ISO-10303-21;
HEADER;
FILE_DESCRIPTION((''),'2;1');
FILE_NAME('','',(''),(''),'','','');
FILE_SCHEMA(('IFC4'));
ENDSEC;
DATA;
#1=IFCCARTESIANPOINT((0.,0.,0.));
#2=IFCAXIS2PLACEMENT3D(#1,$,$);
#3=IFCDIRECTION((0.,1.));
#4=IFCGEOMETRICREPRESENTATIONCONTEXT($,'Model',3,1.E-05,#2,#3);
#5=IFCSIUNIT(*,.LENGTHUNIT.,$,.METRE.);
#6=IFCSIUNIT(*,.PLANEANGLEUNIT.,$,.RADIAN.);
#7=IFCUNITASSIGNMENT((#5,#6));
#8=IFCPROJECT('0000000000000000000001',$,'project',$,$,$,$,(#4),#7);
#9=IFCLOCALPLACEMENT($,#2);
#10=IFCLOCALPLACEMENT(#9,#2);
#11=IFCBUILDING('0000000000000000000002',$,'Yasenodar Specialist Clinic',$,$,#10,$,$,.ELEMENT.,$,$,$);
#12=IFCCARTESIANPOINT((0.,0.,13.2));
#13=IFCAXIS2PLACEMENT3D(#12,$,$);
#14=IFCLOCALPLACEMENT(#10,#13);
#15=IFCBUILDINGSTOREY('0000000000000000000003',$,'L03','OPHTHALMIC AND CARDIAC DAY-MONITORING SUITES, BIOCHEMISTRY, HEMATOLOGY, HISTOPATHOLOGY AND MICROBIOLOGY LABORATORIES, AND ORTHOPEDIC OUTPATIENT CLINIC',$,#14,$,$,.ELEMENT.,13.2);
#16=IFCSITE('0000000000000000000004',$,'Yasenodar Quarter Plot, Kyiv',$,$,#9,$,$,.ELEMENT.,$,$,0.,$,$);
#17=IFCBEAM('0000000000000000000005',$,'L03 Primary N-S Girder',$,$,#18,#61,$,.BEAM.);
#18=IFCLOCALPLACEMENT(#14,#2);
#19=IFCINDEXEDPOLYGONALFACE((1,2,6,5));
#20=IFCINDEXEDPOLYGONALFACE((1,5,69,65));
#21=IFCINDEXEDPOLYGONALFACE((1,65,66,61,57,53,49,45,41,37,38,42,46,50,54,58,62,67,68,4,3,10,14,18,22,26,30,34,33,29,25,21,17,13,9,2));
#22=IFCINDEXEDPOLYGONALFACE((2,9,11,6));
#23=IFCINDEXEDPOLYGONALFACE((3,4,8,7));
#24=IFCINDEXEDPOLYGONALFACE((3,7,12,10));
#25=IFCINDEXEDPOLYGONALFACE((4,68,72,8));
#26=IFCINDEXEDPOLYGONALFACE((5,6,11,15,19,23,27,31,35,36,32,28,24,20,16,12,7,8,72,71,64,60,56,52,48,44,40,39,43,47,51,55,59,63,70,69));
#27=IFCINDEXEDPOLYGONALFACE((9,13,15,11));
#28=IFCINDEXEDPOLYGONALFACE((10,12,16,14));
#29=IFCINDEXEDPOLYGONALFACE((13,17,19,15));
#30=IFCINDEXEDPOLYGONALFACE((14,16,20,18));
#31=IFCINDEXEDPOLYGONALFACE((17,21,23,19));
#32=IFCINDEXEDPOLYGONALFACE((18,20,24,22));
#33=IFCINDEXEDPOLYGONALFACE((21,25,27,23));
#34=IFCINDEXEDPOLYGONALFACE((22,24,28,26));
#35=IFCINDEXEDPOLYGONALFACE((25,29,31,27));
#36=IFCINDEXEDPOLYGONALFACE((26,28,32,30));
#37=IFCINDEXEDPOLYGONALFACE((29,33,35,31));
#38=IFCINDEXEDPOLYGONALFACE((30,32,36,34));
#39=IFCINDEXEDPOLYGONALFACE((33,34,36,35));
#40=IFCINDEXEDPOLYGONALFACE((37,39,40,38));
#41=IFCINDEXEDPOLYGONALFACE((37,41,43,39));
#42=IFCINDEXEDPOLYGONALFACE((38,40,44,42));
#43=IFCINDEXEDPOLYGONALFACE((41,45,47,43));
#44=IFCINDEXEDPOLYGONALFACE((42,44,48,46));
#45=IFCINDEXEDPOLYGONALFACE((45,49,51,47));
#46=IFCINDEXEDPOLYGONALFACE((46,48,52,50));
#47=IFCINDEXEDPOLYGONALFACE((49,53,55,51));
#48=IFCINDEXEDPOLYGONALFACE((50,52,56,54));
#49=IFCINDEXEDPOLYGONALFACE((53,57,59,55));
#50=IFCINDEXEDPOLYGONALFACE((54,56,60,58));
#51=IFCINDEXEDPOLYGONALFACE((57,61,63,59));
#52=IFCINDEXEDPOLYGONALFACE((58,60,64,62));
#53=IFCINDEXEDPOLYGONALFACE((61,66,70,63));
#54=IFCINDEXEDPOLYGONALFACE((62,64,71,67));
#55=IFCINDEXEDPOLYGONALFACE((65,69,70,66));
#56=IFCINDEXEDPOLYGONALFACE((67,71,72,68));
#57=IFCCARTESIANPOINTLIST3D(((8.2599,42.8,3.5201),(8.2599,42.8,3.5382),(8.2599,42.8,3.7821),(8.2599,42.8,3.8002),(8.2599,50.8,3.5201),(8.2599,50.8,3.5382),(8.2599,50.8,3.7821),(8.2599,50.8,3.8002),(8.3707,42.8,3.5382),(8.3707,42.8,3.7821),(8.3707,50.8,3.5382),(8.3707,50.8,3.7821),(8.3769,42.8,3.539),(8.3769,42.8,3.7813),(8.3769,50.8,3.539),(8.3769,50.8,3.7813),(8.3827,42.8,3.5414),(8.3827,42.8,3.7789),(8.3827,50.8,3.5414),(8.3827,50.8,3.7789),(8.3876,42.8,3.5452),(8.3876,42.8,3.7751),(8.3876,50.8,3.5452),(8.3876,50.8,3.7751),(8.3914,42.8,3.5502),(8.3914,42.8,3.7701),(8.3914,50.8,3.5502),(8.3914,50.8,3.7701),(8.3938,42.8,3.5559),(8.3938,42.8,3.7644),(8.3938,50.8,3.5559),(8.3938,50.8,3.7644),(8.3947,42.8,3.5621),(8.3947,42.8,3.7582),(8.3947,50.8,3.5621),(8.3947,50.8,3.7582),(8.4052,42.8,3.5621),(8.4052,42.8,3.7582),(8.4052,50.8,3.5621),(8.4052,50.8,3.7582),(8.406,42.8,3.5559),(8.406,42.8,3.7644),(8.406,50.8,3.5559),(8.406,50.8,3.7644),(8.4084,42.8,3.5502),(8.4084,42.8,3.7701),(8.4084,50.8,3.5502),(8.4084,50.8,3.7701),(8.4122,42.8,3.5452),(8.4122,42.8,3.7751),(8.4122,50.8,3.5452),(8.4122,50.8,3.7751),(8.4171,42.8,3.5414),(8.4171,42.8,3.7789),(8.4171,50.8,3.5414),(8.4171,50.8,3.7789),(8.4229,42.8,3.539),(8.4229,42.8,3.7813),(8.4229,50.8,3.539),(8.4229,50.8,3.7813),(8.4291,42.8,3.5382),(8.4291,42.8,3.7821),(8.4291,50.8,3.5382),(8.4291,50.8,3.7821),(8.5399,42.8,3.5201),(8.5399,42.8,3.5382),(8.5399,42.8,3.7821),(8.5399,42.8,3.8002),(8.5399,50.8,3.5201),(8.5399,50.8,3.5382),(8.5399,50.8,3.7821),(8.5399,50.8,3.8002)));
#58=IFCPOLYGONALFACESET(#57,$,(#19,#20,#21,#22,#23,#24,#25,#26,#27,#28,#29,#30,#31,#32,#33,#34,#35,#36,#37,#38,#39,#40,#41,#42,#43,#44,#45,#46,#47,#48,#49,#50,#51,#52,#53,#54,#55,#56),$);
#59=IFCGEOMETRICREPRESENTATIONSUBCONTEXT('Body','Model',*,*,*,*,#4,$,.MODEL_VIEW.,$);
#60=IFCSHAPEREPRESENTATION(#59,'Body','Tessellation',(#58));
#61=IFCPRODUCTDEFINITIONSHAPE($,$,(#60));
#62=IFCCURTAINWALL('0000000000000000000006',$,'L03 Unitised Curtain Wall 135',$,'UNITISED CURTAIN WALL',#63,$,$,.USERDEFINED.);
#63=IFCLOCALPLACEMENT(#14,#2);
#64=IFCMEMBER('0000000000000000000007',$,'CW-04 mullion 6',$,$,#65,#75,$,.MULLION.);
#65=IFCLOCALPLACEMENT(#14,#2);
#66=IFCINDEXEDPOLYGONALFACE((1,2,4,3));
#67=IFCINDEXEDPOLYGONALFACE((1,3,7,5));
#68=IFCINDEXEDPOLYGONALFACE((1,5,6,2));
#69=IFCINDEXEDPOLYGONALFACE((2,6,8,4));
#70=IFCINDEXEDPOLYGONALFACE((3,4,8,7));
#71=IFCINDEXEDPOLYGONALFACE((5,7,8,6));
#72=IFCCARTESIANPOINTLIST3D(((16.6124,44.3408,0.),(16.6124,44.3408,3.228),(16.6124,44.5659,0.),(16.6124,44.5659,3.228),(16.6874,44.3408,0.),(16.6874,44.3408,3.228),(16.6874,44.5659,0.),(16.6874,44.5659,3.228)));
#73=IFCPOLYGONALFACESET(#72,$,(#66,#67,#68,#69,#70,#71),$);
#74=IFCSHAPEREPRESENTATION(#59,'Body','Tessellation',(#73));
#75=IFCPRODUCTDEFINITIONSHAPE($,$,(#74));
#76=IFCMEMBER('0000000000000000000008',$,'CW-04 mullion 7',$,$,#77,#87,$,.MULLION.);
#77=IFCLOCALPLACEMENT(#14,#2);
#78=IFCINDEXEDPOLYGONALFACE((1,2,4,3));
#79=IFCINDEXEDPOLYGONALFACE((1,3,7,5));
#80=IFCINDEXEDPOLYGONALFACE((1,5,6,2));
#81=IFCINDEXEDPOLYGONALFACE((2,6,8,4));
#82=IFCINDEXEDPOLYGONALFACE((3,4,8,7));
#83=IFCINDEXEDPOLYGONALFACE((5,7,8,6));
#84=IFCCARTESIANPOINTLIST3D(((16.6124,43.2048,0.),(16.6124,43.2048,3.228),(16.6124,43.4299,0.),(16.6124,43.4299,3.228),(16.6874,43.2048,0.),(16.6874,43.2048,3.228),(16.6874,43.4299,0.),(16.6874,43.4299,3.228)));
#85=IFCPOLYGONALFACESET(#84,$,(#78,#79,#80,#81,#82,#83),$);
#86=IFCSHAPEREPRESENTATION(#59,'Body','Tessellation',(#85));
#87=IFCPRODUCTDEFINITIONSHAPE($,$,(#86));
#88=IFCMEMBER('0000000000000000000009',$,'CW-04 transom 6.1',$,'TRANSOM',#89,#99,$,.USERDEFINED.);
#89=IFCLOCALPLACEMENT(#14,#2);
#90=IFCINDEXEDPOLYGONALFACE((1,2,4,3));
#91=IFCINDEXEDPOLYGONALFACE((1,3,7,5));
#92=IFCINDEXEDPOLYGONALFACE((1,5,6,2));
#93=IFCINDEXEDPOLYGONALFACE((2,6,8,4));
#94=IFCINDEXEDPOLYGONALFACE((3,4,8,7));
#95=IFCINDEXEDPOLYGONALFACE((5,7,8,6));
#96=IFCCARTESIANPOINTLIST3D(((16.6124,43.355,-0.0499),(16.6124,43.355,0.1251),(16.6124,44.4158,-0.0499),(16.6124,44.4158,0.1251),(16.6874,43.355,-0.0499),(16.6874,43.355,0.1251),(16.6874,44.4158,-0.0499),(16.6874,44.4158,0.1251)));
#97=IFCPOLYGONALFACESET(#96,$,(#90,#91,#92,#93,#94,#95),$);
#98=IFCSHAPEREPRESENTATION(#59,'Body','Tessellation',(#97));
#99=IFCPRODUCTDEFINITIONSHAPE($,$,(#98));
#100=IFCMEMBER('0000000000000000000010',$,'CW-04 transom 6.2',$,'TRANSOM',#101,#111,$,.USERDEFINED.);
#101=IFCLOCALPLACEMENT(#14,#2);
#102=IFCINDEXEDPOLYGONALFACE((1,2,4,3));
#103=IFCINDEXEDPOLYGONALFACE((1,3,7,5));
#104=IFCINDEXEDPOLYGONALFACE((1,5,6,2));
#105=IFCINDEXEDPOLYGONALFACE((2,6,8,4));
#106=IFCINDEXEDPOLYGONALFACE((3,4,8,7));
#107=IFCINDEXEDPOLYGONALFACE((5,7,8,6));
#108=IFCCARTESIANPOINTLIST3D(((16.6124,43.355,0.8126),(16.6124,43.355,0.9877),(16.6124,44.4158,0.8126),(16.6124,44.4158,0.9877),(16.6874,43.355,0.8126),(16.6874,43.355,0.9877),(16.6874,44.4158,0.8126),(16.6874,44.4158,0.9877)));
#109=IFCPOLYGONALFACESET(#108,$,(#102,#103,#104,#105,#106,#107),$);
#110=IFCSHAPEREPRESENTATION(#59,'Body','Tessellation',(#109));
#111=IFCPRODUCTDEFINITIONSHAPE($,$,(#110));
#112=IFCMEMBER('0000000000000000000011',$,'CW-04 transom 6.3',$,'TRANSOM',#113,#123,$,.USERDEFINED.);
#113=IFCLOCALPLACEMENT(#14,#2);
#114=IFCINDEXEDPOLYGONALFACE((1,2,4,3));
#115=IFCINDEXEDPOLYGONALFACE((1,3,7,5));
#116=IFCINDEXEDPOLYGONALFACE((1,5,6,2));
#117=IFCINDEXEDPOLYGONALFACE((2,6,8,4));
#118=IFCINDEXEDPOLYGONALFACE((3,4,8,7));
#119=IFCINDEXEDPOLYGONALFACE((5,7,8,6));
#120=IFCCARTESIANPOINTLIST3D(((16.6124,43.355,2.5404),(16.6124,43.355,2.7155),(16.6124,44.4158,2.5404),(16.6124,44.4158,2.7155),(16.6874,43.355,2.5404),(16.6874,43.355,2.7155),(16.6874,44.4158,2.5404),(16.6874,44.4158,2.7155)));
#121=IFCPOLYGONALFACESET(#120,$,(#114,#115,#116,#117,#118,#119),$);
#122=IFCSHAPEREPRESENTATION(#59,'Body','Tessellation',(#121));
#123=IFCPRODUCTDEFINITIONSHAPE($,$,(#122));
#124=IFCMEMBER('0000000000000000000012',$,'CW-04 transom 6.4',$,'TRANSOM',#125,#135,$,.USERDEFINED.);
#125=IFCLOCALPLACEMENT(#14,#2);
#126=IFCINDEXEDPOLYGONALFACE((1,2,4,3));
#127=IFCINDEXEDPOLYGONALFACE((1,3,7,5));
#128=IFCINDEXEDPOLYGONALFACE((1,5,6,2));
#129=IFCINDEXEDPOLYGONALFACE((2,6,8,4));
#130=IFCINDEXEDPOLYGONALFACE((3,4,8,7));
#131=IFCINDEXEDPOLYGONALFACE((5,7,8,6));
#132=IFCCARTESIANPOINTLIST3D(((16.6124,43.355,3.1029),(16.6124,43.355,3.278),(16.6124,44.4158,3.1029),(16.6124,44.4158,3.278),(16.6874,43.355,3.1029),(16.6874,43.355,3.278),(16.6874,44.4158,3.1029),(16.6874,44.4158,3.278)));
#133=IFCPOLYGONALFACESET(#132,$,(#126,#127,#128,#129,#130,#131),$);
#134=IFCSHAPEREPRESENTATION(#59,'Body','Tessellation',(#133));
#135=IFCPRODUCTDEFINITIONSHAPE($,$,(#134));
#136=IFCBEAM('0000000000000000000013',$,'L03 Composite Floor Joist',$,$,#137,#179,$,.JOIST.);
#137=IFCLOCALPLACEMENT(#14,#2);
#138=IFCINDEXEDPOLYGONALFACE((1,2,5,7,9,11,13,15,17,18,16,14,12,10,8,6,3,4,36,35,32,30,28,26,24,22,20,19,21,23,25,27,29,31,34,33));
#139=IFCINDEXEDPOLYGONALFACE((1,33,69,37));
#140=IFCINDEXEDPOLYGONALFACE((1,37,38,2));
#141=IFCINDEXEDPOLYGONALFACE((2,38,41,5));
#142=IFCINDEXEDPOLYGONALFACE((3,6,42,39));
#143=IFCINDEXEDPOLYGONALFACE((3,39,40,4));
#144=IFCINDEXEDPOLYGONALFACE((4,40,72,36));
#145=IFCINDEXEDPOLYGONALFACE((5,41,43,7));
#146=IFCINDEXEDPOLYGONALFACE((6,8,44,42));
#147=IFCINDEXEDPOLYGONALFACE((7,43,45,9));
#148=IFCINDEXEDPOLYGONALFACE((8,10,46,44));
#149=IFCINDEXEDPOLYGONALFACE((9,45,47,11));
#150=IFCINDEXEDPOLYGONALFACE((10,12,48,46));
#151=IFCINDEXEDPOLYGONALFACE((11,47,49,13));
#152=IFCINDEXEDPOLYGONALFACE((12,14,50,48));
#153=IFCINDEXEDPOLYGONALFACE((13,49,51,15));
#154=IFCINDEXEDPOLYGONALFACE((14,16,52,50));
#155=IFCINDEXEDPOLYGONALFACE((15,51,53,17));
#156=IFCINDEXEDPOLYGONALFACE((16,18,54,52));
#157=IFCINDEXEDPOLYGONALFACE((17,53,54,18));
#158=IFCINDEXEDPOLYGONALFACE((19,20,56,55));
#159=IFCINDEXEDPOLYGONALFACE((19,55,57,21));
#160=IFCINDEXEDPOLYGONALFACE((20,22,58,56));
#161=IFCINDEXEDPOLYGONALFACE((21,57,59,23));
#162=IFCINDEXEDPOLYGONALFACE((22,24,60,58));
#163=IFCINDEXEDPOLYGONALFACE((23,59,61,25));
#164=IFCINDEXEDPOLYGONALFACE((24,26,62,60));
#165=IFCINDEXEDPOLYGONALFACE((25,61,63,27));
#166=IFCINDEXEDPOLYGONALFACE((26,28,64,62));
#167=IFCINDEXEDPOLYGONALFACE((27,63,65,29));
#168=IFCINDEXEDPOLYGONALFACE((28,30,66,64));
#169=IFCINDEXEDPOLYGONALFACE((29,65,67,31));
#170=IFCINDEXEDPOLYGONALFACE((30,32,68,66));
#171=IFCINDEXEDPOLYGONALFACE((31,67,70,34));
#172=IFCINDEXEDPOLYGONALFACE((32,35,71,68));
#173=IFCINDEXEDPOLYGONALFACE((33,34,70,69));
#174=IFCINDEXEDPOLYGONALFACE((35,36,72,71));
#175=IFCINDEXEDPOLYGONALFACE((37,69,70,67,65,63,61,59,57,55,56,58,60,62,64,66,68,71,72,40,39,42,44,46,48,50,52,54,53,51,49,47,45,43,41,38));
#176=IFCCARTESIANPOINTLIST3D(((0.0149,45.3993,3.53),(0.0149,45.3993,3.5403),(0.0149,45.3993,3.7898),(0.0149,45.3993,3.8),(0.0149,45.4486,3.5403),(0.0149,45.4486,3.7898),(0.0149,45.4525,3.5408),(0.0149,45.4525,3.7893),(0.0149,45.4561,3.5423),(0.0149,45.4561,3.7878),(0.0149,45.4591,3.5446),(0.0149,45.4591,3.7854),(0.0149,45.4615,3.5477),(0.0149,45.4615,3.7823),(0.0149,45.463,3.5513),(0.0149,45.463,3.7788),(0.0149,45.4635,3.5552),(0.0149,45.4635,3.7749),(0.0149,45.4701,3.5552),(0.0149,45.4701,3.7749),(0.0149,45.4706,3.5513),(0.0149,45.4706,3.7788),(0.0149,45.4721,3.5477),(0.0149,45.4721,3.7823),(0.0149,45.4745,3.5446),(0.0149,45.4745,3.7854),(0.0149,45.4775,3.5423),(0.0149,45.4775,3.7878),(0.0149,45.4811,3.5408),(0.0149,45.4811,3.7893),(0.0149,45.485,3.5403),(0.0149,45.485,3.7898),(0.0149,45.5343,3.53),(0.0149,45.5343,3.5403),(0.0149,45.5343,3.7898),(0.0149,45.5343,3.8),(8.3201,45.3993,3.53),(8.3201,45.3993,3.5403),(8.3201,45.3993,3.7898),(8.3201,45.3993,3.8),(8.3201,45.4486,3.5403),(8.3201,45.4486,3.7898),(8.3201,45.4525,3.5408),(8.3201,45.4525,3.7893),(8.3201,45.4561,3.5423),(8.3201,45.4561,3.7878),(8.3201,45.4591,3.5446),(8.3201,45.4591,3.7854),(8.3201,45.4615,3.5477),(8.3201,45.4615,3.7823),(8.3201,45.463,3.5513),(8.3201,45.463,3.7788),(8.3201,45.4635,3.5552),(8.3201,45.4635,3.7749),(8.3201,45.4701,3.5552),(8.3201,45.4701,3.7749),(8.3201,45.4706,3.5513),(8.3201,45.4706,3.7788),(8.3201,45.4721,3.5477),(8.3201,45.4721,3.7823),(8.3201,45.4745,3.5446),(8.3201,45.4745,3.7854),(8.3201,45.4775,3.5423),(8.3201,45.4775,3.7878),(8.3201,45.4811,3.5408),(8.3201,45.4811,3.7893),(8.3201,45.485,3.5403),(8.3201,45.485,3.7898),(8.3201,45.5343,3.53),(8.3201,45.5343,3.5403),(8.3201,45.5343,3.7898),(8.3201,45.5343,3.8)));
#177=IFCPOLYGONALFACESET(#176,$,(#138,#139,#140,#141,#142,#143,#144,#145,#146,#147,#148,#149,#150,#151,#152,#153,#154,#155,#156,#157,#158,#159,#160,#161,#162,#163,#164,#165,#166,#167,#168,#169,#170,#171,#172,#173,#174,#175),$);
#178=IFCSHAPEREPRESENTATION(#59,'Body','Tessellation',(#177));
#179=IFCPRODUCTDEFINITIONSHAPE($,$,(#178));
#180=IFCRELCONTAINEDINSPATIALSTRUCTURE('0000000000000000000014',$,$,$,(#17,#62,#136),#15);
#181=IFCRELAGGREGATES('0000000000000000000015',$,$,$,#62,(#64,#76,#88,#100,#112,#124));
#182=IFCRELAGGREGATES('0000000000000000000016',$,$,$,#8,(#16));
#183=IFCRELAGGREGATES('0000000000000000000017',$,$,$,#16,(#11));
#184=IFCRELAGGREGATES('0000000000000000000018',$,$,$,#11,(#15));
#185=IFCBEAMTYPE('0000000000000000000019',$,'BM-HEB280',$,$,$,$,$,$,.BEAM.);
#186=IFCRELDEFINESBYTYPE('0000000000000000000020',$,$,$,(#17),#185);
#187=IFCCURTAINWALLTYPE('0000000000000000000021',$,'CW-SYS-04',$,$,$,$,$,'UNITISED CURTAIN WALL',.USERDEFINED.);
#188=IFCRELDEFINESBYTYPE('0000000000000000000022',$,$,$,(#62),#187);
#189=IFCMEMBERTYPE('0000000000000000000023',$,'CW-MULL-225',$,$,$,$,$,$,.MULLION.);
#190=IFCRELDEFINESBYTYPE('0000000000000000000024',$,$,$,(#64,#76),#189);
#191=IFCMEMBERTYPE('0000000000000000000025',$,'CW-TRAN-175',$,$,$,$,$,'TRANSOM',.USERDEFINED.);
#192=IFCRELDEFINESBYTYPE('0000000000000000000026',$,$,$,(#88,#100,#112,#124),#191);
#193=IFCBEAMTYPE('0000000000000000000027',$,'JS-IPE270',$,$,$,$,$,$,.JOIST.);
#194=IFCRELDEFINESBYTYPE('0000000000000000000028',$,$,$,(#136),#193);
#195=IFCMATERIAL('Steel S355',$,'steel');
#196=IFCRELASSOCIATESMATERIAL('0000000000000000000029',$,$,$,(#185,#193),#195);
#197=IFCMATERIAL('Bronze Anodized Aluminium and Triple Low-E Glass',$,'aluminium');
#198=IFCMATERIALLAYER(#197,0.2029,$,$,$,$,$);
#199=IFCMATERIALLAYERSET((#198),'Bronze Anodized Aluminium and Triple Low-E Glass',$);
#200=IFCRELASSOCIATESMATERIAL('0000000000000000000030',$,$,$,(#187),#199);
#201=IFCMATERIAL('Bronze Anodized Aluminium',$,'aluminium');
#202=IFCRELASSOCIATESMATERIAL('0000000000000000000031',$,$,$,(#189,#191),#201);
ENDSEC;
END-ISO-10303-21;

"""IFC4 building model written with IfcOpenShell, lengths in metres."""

from ifc_helpers import new_model, si_unit, direction, frame, origin, origin_2d, place, context, subcontext, project, spatial, rectangle, i_section, extrude, material, layer, layer_set, material_profile, profile_set, type_object, element, aggregate, save


model = new_model("IFC4")

# Units and contexts
model_context = context("Model", 3, precision=1e-05, world=origin(), true_north=direction((0.0, 1.0)))
body_context = subcontext(model_context, "Body", "Model", "MODEL_VIEW")
ifc_project = project(units=[si_unit("LENGTHUNIT", "METRE"), si_unit("PLANEANGLEUNIT", "RADIAN")], contexts=[model_context])

# Site, building, storey
site_placement = place(None, origin())
site = spatial("IfcSite", under=ifc_project, at=site_placement, Name="Yasenodar Quarter Plot, Kyiv", CompositionType="ELEMENT", RefElevation=0.0)
building_placement = place(site_placement, origin())
building = spatial("IfcBuilding", under=site, at=building_placement, Name="Yasenodar Specialist Clinic", CompositionType="ELEMENT")
storey_placement = place(building_placement, frame((0.0, 0.0, 13.2)))
storey = spatial("IfcBuildingStorey", under=building, at=storey_placement, Name="L03", Description="OPHTHALMIC AND CARDIAC DAY-MONITORING SUITES, BIOCHEMISTRY, HEMATOLOGY, HISTOPATHOLOGY AND MICROBIOLOGY LABORATORIES, AND ORTHOPEDIC OUTPATIENT CLINIC", CompositionType="ELEMENT", Elevation=13.2)

# Shared definitions
ifc_material_1 = material(Name="Steel S355", Category="steel")

# Beam
ifc_material_profile_1 = material_profile(ifc_material_1, i_section(OverallWidth=0.28, OverallDepth=0.28, WebThickness=0.0105, FlangeThickness=0.0181, FilletRadius=0.0239, at=origin_2d()), Name="HEB 280")
ifc_profile_set_1 = profile_set([ifc_material_profile_1], Name="Steel S355")
beam_type_1 = type_object("IfcBeamType", Name="BM-HEB280", PredefinedType="BEAM", material=ifc_profile_set_1)
beam_1_placement = place(storey_placement, frame((8.3999, 42.8, 3.6602), z_axis=(0.0, 1.0, 0.0), x_axis=(-1.0, 0.0, 0.0)))
element("IfcBeam", 1, at=beam_1_placement, inside=storey, type_object=beam_type_1, Name="L03 Primary N-S Girder", PredefinedType="BEAM", context=body_context, shape_type="SweptSolid", body=[
    extrude(i_section(OverallWidth=0.28, OverallDepth=0.28, WebThickness=0.0105, FlangeThickness=0.0181, FilletRadius=0.0239, at=origin_2d()), origin(), (0.0, 0.0, 1.0), 8.0),
])

# Curtain wall, members
ifc_material_2 = material(Name="Bronze Anodized Aluminium and Triple Low-E Glass", Category="aluminium")
ifc_layer_1 = layer(ifc_material_2, 0.2029)
ifc_layer_set_1 = layer_set([ifc_layer_1], Name="Bronze Anodized Aluminium and Triple Low-E Glass")
curtain_wall_type = type_object("IfcCurtainWallType", Name="CW-SYS-04", ElementType="UNITISED CURTAIN WALL", PredefinedType="USERDEFINED", material=ifc_layer_set_1)
curtain_wall_placement = place(storey_placement, origin())
curtain_wall = element("IfcCurtainWall", 2, at=curtain_wall_placement, inside=storey, type_object=curtain_wall_type, Name="L03 Unitised Curtain Wall 135", ObjectType="UNITISED CURTAIN WALL", PredefinedType="USERDEFINED")
ifc_material_3 = material(Name="Bronze Anodized Aluminium", Category="aluminium")
ifc_material_profile_2 = material_profile(ifc_material_3, rectangle(XDim=0.075, YDim=0.2251, at=origin_2d()), Name="CW-MULL 75x225")
ifc_profile_set_2 = profile_set([ifc_material_profile_2], Name="Bronze Anodized Aluminium")
member_type_1 = type_object("IfcMemberType", Name="CW-MULL-225", PredefinedType="MULLION", material=ifc_profile_set_2)
member_1_placement = place(storey_placement, frame((16.6499, 44.4534, 0.0), z_axis=(0.0, 0.0, 1.0), x_axis=(1.0, 0.0, 0.0)))
member_1 = element("IfcMember", 3, at=member_1_placement, type_object=member_type_1, Name="CW-04 mullion 6", PredefinedType="MULLION", context=body_context, shape_type="SweptSolid", body=[
    extrude(rectangle(XDim=0.075, YDim=0.2251, at=origin_2d()), origin(), (0.0, 0.0, 1.0), 3.228),
])
member_2_placement = place(storey_placement, frame((16.6499, 43.3174, 0.0), z_axis=(0.0, 0.0, 1.0), x_axis=(1.0, 0.0, 0.0)))
member_2 = element("IfcMember", 4, at=member_2_placement, type_object=member_type_1, Name="CW-04 mullion 7", PredefinedType="MULLION", context=body_context, shape_type="SweptSolid", body=[
    extrude(rectangle(XDim=0.075, YDim=0.2251, at=origin_2d()), origin(), (0.0, 0.0, 1.0), 3.228),
])
ifc_material_profile_3 = material_profile(ifc_material_3, rectangle(XDim=0.075, YDim=0.175, at=origin_2d()), Name="CW-TRAN 75x175")
ifc_profile_set_3 = profile_set([ifc_material_profile_3], Name="Bronze Anodized Aluminium")
member_type_2 = type_object("IfcMemberType", Name="CW-TRAN-175", ElementType="TRANSOM", PredefinedType="USERDEFINED", material=ifc_profile_set_3)
member_3_placement = place(storey_placement, frame((16.6499, 44.4158, 0.0376), z_axis=(0.0, -1.0, 0.0), x_axis=(1.0, 0.0, 0.0)))
member_3 = element("IfcMember", 5, at=member_3_placement, type_object=member_type_2, Name="CW-04 transom 6.1", ObjectType="TRANSOM", PredefinedType="USERDEFINED", context=body_context, shape_type="SweptSolid", body=[
    extrude(rectangle(XDim=0.075, YDim=0.175, at=origin_2d()), origin(), (0.0, 0.0, 1.0), 1.0608),
])
member_4_placement = place(storey_placement, frame((16.6499, 44.4158, 0.9001), z_axis=(0.0, -1.0, 0.0), x_axis=(1.0, 0.0, 0.0)))
member_4 = element("IfcMember", 6, at=member_4_placement, type_object=member_type_2, Name="CW-04 transom 6.2", ObjectType="TRANSOM", PredefinedType="USERDEFINED", context=body_context, shape_type="SweptSolid", body=[
    extrude(rectangle(XDim=0.075, YDim=0.175, at=origin_2d()), origin(), (0.0, 0.0, 1.0), 1.0608),
])
member_5_placement = place(storey_placement, frame((16.6499, 44.4158, 2.6279), z_axis=(0.0, -1.0, 0.0), x_axis=(1.0, 0.0, 0.0)))
member_5 = element("IfcMember", 7, at=member_5_placement, type_object=member_type_2, Name="CW-04 transom 6.3", ObjectType="TRANSOM", PredefinedType="USERDEFINED", context=body_context, shape_type="SweptSolid", body=[
    extrude(rectangle(XDim=0.075, YDim=0.175, at=origin_2d()), origin(), (0.0, 0.0, 1.0), 1.0608),
])
member_6_placement = place(storey_placement, frame((16.6499, 44.4158, 3.1904), z_axis=(0.0, -1.0, 0.0), x_axis=(1.0, 0.0, 0.0)))
member_6 = element("IfcMember", 8, at=member_6_placement, type_object=member_type_2, Name="CW-04 transom 6.4", ObjectType="TRANSOM", PredefinedType="USERDEFINED", context=body_context, shape_type="SweptSolid", body=[
    extrude(rectangle(XDim=0.075, YDim=0.175, at=origin_2d()), origin(), (0.0, 0.0, 1.0), 1.0608),
])

# Beam
ifc_material_profile_4 = material_profile(ifc_material_1, i_section(OverallWidth=0.135, OverallDepth=0.27, WebThickness=0.0066, FlangeThickness=0.0103, FilletRadius=0.0149, at=origin_2d()), Name="IPE 270")
ifc_profile_set_4 = profile_set([ifc_material_profile_4], Name="Steel S355")
beam_type_2 = type_object("IfcBeamType", Name="JS-IPE270", PredefinedType="JOIST", material=ifc_profile_set_4)
beam_2_placement = place(storey_placement, frame((0.0149, 45.4668, 3.665), z_axis=(1.0, 0.0, 0.0), x_axis=(0.0, 1.0, 0.0)))
element("IfcBeam", 9, at=beam_2_placement, inside=storey, type_object=beam_type_2, Name="L03 Composite Floor Joist", PredefinedType="JOIST", context=body_context, shape_type="SweptSolid", body=[
    extrude(i_section(OverallWidth=0.135, OverallDepth=0.27, WebThickness=0.0066, FlangeThickness=0.0103, FilletRadius=0.0149, at=origin_2d()), origin(), (0.0, 0.0, 1.0), 8.3052),
])

aggregate(curtain_wall, [member_1, member_2, member_3, member_4, member_5, member_6])

save(model, "model.ifc")
